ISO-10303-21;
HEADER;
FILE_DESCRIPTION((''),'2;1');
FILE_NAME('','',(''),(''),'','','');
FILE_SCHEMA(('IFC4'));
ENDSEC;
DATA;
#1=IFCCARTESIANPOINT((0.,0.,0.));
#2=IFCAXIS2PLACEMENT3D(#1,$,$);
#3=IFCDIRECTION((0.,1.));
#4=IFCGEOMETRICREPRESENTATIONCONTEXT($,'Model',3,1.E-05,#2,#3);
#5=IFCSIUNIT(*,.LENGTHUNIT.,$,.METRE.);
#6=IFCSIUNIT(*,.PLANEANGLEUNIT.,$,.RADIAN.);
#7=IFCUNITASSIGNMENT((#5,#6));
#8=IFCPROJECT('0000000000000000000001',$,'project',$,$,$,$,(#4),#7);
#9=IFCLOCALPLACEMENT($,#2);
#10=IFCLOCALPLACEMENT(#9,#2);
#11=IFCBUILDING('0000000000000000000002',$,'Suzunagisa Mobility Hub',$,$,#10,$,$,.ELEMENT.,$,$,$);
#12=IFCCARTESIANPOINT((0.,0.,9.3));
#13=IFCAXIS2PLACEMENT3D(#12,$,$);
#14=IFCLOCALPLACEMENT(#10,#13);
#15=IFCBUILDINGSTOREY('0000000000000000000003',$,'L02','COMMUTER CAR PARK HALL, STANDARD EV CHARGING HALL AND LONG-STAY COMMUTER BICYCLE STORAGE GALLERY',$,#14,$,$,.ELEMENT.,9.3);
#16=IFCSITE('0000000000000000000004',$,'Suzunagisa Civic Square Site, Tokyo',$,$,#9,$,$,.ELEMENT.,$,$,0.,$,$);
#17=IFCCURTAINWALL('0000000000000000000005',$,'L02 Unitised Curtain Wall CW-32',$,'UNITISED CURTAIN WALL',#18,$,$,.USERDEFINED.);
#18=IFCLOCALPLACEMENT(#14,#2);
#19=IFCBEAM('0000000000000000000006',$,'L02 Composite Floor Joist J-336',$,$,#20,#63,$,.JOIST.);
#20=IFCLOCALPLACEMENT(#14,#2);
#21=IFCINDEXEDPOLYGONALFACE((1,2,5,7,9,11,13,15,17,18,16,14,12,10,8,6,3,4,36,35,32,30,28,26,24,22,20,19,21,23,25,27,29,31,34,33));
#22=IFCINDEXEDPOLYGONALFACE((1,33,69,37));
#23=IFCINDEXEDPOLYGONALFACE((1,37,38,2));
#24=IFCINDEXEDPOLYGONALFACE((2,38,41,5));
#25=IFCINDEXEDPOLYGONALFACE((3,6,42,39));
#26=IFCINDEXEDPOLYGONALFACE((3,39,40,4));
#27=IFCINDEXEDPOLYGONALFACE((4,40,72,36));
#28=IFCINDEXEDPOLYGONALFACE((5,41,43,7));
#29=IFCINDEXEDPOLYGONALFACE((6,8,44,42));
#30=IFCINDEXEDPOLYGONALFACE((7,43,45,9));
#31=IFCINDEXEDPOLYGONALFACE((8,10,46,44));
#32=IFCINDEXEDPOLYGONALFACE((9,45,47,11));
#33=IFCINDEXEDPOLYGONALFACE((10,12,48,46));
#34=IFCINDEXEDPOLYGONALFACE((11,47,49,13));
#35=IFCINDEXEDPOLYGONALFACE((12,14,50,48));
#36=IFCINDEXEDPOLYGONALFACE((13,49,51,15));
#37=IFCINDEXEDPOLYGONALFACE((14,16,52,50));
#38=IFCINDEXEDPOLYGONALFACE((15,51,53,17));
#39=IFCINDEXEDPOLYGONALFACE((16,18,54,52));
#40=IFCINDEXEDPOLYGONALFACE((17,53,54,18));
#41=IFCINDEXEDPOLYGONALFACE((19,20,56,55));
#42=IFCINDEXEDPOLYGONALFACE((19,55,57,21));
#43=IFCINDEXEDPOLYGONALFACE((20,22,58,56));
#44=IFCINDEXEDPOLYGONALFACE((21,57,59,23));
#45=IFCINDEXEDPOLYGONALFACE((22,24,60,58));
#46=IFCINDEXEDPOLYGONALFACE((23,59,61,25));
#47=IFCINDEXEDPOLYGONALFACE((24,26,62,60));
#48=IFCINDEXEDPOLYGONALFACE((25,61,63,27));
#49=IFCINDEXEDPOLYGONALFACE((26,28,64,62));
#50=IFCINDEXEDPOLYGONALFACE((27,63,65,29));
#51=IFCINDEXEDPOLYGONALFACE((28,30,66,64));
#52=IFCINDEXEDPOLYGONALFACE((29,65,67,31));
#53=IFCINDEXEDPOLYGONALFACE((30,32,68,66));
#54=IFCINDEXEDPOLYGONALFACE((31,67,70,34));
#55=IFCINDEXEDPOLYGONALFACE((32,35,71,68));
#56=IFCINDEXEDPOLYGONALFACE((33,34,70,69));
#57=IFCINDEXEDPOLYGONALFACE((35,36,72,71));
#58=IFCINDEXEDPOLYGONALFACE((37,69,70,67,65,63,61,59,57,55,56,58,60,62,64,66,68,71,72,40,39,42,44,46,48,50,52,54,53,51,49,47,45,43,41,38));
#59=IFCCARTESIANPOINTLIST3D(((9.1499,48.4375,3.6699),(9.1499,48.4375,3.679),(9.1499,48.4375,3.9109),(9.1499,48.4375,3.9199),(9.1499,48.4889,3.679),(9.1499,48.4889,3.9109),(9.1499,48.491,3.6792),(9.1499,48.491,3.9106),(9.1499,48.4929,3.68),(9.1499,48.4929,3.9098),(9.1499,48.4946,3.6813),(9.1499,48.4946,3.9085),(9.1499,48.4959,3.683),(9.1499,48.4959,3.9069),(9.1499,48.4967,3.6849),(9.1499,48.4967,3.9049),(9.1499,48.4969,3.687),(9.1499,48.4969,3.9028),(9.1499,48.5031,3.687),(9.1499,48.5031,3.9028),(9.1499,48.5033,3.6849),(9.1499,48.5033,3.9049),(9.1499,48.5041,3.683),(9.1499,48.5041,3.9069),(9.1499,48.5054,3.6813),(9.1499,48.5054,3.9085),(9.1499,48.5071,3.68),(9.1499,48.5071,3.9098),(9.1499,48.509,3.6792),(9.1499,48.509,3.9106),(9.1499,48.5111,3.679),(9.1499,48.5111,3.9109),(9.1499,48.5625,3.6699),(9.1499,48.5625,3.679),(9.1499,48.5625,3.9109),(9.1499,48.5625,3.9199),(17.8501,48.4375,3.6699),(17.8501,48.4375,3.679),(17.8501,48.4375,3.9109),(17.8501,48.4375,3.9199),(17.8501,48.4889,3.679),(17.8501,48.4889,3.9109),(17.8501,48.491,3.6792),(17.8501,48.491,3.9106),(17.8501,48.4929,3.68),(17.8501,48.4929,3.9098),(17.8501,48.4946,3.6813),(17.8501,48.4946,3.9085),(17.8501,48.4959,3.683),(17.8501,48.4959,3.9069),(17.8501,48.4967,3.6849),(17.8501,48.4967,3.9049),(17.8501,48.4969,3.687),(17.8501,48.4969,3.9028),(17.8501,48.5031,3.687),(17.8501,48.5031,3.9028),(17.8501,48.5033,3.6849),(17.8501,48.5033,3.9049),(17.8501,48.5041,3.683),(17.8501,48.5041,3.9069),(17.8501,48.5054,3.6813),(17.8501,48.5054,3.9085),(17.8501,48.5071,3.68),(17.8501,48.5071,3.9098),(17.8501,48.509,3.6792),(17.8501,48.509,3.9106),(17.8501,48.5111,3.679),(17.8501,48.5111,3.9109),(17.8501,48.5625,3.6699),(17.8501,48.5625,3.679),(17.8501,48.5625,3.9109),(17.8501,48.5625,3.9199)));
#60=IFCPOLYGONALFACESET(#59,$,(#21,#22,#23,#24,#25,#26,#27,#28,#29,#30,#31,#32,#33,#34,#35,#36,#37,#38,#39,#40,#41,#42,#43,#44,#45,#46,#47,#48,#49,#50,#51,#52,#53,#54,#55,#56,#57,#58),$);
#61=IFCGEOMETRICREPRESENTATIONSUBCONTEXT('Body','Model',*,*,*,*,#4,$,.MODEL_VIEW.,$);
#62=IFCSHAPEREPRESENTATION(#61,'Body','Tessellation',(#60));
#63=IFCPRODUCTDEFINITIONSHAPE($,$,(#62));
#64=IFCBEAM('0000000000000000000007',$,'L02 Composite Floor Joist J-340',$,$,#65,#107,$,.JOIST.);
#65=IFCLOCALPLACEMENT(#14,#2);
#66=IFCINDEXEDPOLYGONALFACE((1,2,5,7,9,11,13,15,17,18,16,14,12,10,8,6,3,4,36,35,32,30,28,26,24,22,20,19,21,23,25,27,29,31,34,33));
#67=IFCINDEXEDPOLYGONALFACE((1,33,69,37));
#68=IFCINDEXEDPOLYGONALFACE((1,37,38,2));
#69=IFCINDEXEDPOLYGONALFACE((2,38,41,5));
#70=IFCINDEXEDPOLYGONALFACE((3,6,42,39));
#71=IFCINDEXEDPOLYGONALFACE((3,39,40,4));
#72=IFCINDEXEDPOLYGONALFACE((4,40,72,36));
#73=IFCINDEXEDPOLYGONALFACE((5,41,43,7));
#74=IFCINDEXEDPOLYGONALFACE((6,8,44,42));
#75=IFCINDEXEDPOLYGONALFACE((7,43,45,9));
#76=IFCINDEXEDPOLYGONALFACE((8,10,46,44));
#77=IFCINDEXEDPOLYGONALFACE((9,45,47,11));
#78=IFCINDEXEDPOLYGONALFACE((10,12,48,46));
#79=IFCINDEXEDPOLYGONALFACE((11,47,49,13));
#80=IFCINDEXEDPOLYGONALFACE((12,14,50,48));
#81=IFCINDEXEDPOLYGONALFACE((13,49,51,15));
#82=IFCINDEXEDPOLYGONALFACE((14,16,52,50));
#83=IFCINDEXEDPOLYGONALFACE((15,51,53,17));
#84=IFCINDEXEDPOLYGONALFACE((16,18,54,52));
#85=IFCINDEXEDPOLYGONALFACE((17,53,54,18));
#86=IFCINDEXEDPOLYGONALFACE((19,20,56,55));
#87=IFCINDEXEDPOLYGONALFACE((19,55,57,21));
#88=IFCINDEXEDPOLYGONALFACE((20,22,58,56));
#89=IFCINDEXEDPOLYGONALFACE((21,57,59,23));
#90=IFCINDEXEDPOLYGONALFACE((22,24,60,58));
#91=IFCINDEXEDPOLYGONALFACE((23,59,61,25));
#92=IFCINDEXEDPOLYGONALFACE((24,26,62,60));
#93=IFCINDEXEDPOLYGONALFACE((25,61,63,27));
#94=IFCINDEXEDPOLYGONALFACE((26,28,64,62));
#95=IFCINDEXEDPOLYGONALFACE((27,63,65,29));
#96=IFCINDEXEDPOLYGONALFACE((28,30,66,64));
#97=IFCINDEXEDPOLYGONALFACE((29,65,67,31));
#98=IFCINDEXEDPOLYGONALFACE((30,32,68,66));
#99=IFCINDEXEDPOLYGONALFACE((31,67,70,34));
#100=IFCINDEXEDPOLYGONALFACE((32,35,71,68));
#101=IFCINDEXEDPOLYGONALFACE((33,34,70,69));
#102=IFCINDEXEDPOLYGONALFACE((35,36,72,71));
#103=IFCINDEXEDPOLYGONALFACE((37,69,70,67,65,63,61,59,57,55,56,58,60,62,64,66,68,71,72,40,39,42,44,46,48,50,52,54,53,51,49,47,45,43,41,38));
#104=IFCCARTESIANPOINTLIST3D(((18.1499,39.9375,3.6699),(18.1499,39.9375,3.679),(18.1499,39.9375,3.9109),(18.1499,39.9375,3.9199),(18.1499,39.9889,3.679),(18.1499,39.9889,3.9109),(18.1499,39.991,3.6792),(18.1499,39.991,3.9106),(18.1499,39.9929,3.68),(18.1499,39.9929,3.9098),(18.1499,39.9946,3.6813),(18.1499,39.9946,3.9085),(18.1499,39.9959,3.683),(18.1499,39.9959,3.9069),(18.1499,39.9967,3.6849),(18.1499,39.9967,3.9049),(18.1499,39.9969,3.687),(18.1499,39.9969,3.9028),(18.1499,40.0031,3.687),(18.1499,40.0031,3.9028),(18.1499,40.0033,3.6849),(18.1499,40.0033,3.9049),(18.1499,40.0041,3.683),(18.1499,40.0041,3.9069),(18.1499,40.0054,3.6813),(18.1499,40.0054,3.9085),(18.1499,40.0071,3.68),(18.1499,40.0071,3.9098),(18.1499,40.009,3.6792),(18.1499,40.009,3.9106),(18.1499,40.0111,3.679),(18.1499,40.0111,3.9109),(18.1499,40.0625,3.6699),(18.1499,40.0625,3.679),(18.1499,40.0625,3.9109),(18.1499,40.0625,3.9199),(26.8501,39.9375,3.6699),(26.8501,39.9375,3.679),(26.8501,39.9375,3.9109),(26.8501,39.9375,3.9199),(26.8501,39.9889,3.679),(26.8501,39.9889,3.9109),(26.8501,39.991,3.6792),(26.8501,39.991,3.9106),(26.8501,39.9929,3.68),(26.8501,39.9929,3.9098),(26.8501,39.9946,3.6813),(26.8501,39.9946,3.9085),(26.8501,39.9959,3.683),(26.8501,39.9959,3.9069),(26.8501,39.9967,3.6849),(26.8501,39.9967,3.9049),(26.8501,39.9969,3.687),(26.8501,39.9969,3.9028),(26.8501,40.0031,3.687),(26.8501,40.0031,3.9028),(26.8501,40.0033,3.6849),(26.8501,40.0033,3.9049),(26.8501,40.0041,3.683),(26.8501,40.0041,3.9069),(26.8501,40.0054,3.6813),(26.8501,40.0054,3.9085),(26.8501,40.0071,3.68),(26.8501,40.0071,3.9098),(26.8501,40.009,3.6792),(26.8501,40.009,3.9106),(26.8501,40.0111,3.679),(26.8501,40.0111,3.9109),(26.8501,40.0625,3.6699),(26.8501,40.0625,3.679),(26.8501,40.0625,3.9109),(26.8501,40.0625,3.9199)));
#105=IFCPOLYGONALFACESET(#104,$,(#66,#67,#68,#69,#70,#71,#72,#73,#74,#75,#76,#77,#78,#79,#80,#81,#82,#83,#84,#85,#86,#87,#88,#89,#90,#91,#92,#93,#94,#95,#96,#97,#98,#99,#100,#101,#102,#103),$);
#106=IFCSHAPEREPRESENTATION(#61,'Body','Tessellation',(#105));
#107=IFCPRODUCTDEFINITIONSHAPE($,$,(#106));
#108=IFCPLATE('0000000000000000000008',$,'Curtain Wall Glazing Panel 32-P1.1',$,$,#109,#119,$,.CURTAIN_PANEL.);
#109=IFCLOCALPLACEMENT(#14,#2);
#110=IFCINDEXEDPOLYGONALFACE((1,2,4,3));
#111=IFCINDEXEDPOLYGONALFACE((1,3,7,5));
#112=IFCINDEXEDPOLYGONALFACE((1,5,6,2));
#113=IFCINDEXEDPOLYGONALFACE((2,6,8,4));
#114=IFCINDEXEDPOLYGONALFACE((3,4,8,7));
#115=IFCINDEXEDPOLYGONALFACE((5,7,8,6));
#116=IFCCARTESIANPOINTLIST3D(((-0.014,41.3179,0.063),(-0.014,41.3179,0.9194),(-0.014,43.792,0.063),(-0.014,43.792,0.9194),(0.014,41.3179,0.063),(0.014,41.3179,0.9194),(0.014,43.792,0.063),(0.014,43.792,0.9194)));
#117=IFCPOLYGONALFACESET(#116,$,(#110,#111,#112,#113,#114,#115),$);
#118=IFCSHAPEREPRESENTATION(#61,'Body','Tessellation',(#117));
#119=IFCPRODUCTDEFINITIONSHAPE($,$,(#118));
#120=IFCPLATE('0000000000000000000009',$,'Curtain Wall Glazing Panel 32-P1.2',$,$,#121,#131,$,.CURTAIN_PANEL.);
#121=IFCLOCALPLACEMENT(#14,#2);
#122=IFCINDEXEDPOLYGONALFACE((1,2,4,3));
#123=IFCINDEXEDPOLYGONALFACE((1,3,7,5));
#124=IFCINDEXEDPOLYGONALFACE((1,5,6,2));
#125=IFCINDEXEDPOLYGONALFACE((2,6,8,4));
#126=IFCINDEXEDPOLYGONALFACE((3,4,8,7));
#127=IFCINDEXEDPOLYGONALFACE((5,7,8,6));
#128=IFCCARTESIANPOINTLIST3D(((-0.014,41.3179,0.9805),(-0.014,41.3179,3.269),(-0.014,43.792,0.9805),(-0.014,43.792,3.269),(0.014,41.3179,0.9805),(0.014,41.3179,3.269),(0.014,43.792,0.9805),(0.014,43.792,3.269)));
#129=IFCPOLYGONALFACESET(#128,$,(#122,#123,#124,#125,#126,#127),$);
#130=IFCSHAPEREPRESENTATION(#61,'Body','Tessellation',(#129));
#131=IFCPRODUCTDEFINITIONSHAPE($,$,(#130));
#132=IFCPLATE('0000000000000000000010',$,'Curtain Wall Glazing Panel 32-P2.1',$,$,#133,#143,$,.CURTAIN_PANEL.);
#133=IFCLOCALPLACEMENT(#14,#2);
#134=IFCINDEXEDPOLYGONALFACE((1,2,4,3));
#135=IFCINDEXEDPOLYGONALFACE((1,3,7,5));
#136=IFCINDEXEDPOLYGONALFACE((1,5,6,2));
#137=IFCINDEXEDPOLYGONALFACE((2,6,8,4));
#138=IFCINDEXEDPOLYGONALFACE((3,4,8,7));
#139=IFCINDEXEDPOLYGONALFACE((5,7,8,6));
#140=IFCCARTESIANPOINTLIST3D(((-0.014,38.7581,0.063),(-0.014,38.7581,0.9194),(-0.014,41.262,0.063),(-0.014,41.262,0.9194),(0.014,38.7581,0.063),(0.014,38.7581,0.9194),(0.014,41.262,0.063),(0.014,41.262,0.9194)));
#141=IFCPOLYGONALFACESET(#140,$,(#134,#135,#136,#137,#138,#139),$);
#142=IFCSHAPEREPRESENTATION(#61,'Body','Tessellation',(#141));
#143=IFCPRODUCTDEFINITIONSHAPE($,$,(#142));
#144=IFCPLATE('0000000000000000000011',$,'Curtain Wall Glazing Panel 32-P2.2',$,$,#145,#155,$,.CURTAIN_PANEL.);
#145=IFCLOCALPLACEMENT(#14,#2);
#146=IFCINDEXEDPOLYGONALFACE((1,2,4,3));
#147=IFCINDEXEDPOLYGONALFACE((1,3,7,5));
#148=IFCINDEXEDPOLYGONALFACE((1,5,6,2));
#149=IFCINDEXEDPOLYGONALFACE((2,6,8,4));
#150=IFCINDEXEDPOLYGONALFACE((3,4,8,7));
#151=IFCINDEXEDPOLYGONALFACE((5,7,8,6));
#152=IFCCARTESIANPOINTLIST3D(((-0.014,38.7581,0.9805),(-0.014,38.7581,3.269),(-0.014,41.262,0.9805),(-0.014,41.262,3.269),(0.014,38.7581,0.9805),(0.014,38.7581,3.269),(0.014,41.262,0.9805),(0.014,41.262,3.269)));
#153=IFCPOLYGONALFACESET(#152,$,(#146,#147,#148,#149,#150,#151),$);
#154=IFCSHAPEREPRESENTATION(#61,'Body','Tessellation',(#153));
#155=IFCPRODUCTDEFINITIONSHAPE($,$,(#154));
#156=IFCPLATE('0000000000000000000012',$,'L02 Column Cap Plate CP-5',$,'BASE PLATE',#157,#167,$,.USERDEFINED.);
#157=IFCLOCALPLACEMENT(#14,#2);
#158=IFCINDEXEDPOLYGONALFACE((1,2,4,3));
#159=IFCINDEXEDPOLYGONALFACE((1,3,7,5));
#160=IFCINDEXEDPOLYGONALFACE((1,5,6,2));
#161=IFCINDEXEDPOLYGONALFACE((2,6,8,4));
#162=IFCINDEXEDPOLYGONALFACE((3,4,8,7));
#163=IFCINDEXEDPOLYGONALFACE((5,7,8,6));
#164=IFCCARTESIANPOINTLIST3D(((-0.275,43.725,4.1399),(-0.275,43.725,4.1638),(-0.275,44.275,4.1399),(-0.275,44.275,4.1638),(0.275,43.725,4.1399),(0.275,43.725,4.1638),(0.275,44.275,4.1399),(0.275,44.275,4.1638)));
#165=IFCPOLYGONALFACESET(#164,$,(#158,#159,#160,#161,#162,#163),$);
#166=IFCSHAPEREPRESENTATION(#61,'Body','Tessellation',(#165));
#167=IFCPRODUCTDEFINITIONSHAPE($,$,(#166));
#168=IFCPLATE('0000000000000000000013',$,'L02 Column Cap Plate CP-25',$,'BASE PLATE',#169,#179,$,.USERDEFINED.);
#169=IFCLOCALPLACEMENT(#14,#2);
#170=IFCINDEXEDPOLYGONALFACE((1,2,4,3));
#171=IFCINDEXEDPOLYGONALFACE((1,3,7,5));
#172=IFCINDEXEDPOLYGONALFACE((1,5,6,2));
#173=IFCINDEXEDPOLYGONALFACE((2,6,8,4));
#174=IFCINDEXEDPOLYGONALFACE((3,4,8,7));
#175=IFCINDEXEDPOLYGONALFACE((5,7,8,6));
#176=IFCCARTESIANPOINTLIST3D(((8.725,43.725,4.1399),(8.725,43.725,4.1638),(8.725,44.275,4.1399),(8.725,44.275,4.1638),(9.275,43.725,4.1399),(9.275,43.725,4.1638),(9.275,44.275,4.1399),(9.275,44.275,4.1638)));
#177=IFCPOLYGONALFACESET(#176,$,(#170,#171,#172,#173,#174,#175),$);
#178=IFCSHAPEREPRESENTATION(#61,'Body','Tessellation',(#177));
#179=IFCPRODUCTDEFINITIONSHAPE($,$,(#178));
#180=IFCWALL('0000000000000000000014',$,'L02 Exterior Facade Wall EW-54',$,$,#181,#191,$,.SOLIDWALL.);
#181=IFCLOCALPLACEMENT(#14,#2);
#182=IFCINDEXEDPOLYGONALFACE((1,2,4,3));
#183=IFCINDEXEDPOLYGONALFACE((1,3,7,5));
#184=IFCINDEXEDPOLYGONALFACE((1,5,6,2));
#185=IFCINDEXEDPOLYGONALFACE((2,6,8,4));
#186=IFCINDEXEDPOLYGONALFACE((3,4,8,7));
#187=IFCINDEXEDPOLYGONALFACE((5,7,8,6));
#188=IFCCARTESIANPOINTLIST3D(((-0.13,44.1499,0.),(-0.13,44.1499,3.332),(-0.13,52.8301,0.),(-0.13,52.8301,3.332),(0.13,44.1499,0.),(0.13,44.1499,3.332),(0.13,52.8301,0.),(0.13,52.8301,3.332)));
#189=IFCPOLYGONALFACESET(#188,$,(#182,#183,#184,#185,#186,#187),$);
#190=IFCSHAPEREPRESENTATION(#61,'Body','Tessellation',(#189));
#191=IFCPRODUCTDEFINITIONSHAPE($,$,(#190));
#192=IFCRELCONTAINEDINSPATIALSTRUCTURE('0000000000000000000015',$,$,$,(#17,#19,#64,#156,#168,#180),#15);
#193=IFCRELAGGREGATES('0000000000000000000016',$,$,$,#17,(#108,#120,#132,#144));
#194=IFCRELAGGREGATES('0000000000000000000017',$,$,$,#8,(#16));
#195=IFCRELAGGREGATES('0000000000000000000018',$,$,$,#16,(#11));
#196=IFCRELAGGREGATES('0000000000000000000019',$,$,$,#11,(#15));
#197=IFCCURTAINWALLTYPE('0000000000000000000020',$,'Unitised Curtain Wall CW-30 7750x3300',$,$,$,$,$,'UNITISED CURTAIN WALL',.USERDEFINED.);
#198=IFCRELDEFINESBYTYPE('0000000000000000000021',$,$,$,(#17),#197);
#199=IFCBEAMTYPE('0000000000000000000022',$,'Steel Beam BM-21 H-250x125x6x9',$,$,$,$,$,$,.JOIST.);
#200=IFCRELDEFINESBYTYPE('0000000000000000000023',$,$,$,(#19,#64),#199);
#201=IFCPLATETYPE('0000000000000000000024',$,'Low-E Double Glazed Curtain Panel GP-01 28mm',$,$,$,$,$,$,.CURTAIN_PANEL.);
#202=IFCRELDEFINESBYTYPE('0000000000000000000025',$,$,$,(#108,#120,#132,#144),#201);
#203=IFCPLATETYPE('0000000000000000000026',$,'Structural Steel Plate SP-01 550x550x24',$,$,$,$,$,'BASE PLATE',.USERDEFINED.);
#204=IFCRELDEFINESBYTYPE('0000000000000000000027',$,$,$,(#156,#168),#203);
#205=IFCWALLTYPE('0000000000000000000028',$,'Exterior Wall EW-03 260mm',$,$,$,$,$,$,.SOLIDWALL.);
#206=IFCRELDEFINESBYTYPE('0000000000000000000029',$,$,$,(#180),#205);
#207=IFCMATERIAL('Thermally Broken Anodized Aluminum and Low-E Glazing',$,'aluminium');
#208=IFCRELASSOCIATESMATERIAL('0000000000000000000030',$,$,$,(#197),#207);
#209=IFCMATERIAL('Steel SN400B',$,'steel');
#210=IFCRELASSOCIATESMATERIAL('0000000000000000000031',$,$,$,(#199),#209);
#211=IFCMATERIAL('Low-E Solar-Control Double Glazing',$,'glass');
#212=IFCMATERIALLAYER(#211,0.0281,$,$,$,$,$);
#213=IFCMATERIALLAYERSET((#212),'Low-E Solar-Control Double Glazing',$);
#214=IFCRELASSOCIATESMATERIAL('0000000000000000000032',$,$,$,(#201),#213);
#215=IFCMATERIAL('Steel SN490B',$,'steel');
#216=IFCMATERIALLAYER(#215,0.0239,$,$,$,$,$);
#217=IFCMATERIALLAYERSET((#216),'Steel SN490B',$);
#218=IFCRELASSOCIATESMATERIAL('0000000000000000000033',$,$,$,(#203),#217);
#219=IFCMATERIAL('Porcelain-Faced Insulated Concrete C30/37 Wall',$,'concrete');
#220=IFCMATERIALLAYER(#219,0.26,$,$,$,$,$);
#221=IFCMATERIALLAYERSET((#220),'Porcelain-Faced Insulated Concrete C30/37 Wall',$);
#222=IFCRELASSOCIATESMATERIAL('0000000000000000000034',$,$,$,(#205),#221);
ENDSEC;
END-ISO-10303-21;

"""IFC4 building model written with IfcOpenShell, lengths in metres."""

from ifc_helpers import new_model, si_unit, direction, frame, frame_2d, origin, origin_2d, place, context, subcontext, project, spatial, rectangle, i_section, extrude, material, layer, layer_set, material_profile, profile_set, type_object, element, aggregate, save


model = new_model("IFC4")

# Units and contexts
model_context = context("Model", 3, precision=1e-05, world=origin(), true_north=direction((0.0, 1.0)))
body_context = subcontext(model_context, "Body", "Model", "MODEL_VIEW")
ifc_project = project(units=[si_unit("LENGTHUNIT", "METRE"), si_unit("PLANEANGLEUNIT", "RADIAN")], contexts=[model_context])

# Site, building, storey
site_placement = place(None, origin())
site = spatial("IfcSite", under=ifc_project, at=site_placement, Name="Suzunagisa Civic Square Site, Tokyo", CompositionType="ELEMENT", RefElevation=0.0)
building_placement = place(site_placement, origin())
building = spatial("IfcBuilding", under=site, at=building_placement, Name="Suzunagisa Mobility Hub", CompositionType="ELEMENT")
storey_placement = place(building_placement, frame((0.0, 0.0, 9.3)))
storey = spatial("IfcBuildingStorey", under=building, at=storey_placement, Name="L02", Description="COMMUTER CAR PARK HALL, STANDARD EV CHARGING HALL AND LONG-STAY COMMUTER BICYCLE STORAGE GALLERY", CompositionType="ELEMENT", Elevation=9.3)

# Shared definitions
ifc_material_1 = material(Name="Steel SN490B", Category="steel")

# Curtain wall
ifc_material_2 = material(Name="Thermally Broken Anodized Aluminum and Low-E Glazing", Category="aluminium")
curtain_wall_type = type_object("IfcCurtainWallType", Name="Unitised Curtain Wall CW-30 7750x3300", ElementType="UNITISED CURTAIN WALL", PredefinedType="USERDEFINED", material=ifc_material_2)
curtain_wall_placement = place(storey_placement, origin())
curtain_wall = element("IfcCurtainWall", 1, at=curtain_wall_placement, inside=storey, type_object=curtain_wall_type, Name="L02 Unitised Curtain Wall CW-32", ObjectType="UNITISED CURTAIN WALL", PredefinedType="USERDEFINED")

# Beams
ifc_material_3 = material(Name="Steel SN400B", Category="steel")
ifc_material_profile_1 = material_profile(ifc_material_3, i_section(OverallWidth=0.125, OverallDepth=0.25, WebThickness=0.0061, FlangeThickness=0.009, FilletRadius=0.0081, at=origin_2d()), Name="H-250x125x6x9")
ifc_profile_set_1 = profile_set([ifc_material_profile_1], Name="Steel SN400B")
beam_type_1 = type_object("IfcBeamType", Name="Steel Beam BM-21 H-250x125x6x9", PredefinedType="JOIST", material=ifc_profile_set_1)
for number, where, z_axis, x_axis, name in (
    (2, (9.1499, 48.5, 3.7949), (1.0, 0.0, 0.0), (0.0, 1.0, 0.0), "L02 Composite Floor Joist J-336"),
    (3, (18.1499, 40.0, 3.7949), (1.0, 0.0, 0.0), (0.0, 1.0, 0.0), "L02 Composite Floor Joist J-340"),
):
    element("IfcBeam", number, at=place(storey_placement, frame(where, z_axis=z_axis, x_axis=x_axis)), inside=storey, type_object=beam_type_1, Name=name, PredefinedType="JOIST", context=body_context, shape_type="SweptSolid", body=[
        extrude(i_section(OverallWidth=0.125, OverallDepth=0.25, WebThickness=0.0061, FlangeThickness=0.009, FilletRadius=0.0081, at=origin_2d()), origin(), (0.0, 0.0, 1.0), 8.7002),
    ])

# Plates
ifc_material_4 = material(Name="Low-E Solar-Control Double Glazing", Category="glass")
ifc_layer_1 = layer(ifc_material_4, 0.0281)
ifc_layer_set_1 = layer_set([ifc_layer_1], Name="Low-E Solar-Control Double Glazing")
plate_type_1 = type_object("IfcPlateType", Name="Low-E Double Glazed Curtain Panel GP-01 28mm", PredefinedType="CURTAIN_PANEL", material=ifc_layer_set_1)
plate_1_placement = place(storey_placement, frame((0.0, 42.5549, 0.063), z_axis=(0.0, 0.0, 1.0), x_axis=(0.0, -1.0, 0.0)))
plate_1 = element("IfcPlate", 4, at=plate_1_placement, type_object=plate_type_1, Name="Curtain Wall Glazing Panel 32-P1.1", PredefinedType="CURTAIN_PANEL", context=body_context, shape_type="SweptSolid", body=[
    extrude(rectangle(XDim=2.4741, YDim=0.0281, at=origin_2d()), origin(), (0.0, 0.0, 1.0), 0.8564),
])
plate_2_placement = place(storey_placement, frame((0.0, 42.5549, 0.9805), z_axis=(0.0, 0.0, 1.0), x_axis=(0.0, -1.0, 0.0)))
plate_2 = element("IfcPlate", 5, at=plate_2_placement, type_object=plate_type_1, Name="Curtain Wall Glazing Panel 32-P1.2", PredefinedType="CURTAIN_PANEL", context=body_context, shape_type="SweptSolid", body=[
    extrude(rectangle(XDim=2.4741, YDim=0.0281, at=origin_2d()), origin(), (0.0, 0.0, 1.0), 2.2886),
])
plate_3_placement = place(storey_placement, frame((0.0, 40.01, 0.063), z_axis=(0.0, 0.0, 1.0), x_axis=(0.0, -1.0, 0.0)))
plate_3 = element("IfcPlate", 6, at=plate_3_placement, type_object=plate_type_1, Name="Curtain Wall Glazing Panel 32-P2.1", PredefinedType="CURTAIN_PANEL", context=body_context, shape_type="SweptSolid", body=[
    extrude(rectangle(XDim=2.5039, YDim=0.0281, at=origin_2d()), origin(), (0.0, 0.0, 1.0), 0.8564),
])
plate_4_placement = place(storey_placement, frame((0.0, 40.01, 0.9805), z_axis=(0.0, 0.0, 1.0), x_axis=(0.0, -1.0, 0.0)))
plate_4 = element("IfcPlate", 7, at=plate_4_placement, type_object=plate_type_1, Name="Curtain Wall Glazing Panel 32-P2.2", PredefinedType="CURTAIN_PANEL", context=body_context, shape_type="SweptSolid", body=[
    extrude(rectangle(XDim=2.5039, YDim=0.0281, at=origin_2d()), origin(), (0.0, 0.0, 1.0), 2.2886),
])
aggregate(curtain_wall, [plate_1, plate_2, plate_3, plate_4])

# Plates
ifc_layer_2 = layer(ifc_material_1, 0.0239)
ifc_layer_set_2 = layer_set([ifc_layer_2], Name="Steel SN490B")
plate_type_2 = type_object("IfcPlateType", Name="Structural Steel Plate SP-01 550x550x24", ElementType="BASE PLATE", PredefinedType="USERDEFINED", material=ifc_layer_set_2)
for number, where, z_axis, x_axis, name in (
    (8, (0.0, 44.0, 4.1399), (0.0, 0.0, 1.0), (1.0, 0.0, 0.0), "L02 Column Cap Plate CP-5"),
    (9, (9.0, 44.0, 4.1399), (0.0, 0.0, 1.0), (1.0, 0.0, 0.0), "L02 Column Cap Plate CP-25"),
):
    element("IfcPlate", number, at=place(storey_placement, frame(where, z_axis=z_axis, x_axis=x_axis)), inside=storey, type_object=plate_type_2, Name=name, ObjectType="BASE PLATE", PredefinedType="USERDEFINED", context=body_context, shape_type="SweptSolid", body=[
        extrude(rectangle(XDim=0.55, YDim=0.55, at=origin_2d()), origin(), (0.0, 0.0, 1.0), 0.0239),
    ])

# Wall
ifc_material_5 = material(Name="Porcelain-Faced Insulated Concrete C30/37 Wall", Category="concrete")
ifc_layer_3 = layer(ifc_material_5, 0.26)
ifc_layer_set_3 = layer_set([ifc_layer_3], Name="Porcelain-Faced Insulated Concrete C30/37 Wall")
wall_type_1 = type_object("IfcWallType", Name="Exterior Wall EW-03 260mm", PredefinedType="SOLIDWALL", material=ifc_layer_set_3)
wall_1_placement = place(storey_placement, frame((0.0, 52.8301, 0.0), z_axis=(0.0, 0.0, 1.0), x_axis=(0.0, -1.0, 0.0)))
element("IfcWall", 10, at=wall_1_placement, inside=storey, type_object=wall_type_1, Name="L02 Exterior Facade Wall EW-54", PredefinedType="SOLIDWALL", context=body_context, shape_type="SweptSolid", body=[
    extrude(rectangle(XDim=8.6802, YDim=0.26, at=frame_2d((4.3401, 0.0))), origin(), (0.0, 0.0, 1.0), 3.332),
])

save(model, "model.ifc")
